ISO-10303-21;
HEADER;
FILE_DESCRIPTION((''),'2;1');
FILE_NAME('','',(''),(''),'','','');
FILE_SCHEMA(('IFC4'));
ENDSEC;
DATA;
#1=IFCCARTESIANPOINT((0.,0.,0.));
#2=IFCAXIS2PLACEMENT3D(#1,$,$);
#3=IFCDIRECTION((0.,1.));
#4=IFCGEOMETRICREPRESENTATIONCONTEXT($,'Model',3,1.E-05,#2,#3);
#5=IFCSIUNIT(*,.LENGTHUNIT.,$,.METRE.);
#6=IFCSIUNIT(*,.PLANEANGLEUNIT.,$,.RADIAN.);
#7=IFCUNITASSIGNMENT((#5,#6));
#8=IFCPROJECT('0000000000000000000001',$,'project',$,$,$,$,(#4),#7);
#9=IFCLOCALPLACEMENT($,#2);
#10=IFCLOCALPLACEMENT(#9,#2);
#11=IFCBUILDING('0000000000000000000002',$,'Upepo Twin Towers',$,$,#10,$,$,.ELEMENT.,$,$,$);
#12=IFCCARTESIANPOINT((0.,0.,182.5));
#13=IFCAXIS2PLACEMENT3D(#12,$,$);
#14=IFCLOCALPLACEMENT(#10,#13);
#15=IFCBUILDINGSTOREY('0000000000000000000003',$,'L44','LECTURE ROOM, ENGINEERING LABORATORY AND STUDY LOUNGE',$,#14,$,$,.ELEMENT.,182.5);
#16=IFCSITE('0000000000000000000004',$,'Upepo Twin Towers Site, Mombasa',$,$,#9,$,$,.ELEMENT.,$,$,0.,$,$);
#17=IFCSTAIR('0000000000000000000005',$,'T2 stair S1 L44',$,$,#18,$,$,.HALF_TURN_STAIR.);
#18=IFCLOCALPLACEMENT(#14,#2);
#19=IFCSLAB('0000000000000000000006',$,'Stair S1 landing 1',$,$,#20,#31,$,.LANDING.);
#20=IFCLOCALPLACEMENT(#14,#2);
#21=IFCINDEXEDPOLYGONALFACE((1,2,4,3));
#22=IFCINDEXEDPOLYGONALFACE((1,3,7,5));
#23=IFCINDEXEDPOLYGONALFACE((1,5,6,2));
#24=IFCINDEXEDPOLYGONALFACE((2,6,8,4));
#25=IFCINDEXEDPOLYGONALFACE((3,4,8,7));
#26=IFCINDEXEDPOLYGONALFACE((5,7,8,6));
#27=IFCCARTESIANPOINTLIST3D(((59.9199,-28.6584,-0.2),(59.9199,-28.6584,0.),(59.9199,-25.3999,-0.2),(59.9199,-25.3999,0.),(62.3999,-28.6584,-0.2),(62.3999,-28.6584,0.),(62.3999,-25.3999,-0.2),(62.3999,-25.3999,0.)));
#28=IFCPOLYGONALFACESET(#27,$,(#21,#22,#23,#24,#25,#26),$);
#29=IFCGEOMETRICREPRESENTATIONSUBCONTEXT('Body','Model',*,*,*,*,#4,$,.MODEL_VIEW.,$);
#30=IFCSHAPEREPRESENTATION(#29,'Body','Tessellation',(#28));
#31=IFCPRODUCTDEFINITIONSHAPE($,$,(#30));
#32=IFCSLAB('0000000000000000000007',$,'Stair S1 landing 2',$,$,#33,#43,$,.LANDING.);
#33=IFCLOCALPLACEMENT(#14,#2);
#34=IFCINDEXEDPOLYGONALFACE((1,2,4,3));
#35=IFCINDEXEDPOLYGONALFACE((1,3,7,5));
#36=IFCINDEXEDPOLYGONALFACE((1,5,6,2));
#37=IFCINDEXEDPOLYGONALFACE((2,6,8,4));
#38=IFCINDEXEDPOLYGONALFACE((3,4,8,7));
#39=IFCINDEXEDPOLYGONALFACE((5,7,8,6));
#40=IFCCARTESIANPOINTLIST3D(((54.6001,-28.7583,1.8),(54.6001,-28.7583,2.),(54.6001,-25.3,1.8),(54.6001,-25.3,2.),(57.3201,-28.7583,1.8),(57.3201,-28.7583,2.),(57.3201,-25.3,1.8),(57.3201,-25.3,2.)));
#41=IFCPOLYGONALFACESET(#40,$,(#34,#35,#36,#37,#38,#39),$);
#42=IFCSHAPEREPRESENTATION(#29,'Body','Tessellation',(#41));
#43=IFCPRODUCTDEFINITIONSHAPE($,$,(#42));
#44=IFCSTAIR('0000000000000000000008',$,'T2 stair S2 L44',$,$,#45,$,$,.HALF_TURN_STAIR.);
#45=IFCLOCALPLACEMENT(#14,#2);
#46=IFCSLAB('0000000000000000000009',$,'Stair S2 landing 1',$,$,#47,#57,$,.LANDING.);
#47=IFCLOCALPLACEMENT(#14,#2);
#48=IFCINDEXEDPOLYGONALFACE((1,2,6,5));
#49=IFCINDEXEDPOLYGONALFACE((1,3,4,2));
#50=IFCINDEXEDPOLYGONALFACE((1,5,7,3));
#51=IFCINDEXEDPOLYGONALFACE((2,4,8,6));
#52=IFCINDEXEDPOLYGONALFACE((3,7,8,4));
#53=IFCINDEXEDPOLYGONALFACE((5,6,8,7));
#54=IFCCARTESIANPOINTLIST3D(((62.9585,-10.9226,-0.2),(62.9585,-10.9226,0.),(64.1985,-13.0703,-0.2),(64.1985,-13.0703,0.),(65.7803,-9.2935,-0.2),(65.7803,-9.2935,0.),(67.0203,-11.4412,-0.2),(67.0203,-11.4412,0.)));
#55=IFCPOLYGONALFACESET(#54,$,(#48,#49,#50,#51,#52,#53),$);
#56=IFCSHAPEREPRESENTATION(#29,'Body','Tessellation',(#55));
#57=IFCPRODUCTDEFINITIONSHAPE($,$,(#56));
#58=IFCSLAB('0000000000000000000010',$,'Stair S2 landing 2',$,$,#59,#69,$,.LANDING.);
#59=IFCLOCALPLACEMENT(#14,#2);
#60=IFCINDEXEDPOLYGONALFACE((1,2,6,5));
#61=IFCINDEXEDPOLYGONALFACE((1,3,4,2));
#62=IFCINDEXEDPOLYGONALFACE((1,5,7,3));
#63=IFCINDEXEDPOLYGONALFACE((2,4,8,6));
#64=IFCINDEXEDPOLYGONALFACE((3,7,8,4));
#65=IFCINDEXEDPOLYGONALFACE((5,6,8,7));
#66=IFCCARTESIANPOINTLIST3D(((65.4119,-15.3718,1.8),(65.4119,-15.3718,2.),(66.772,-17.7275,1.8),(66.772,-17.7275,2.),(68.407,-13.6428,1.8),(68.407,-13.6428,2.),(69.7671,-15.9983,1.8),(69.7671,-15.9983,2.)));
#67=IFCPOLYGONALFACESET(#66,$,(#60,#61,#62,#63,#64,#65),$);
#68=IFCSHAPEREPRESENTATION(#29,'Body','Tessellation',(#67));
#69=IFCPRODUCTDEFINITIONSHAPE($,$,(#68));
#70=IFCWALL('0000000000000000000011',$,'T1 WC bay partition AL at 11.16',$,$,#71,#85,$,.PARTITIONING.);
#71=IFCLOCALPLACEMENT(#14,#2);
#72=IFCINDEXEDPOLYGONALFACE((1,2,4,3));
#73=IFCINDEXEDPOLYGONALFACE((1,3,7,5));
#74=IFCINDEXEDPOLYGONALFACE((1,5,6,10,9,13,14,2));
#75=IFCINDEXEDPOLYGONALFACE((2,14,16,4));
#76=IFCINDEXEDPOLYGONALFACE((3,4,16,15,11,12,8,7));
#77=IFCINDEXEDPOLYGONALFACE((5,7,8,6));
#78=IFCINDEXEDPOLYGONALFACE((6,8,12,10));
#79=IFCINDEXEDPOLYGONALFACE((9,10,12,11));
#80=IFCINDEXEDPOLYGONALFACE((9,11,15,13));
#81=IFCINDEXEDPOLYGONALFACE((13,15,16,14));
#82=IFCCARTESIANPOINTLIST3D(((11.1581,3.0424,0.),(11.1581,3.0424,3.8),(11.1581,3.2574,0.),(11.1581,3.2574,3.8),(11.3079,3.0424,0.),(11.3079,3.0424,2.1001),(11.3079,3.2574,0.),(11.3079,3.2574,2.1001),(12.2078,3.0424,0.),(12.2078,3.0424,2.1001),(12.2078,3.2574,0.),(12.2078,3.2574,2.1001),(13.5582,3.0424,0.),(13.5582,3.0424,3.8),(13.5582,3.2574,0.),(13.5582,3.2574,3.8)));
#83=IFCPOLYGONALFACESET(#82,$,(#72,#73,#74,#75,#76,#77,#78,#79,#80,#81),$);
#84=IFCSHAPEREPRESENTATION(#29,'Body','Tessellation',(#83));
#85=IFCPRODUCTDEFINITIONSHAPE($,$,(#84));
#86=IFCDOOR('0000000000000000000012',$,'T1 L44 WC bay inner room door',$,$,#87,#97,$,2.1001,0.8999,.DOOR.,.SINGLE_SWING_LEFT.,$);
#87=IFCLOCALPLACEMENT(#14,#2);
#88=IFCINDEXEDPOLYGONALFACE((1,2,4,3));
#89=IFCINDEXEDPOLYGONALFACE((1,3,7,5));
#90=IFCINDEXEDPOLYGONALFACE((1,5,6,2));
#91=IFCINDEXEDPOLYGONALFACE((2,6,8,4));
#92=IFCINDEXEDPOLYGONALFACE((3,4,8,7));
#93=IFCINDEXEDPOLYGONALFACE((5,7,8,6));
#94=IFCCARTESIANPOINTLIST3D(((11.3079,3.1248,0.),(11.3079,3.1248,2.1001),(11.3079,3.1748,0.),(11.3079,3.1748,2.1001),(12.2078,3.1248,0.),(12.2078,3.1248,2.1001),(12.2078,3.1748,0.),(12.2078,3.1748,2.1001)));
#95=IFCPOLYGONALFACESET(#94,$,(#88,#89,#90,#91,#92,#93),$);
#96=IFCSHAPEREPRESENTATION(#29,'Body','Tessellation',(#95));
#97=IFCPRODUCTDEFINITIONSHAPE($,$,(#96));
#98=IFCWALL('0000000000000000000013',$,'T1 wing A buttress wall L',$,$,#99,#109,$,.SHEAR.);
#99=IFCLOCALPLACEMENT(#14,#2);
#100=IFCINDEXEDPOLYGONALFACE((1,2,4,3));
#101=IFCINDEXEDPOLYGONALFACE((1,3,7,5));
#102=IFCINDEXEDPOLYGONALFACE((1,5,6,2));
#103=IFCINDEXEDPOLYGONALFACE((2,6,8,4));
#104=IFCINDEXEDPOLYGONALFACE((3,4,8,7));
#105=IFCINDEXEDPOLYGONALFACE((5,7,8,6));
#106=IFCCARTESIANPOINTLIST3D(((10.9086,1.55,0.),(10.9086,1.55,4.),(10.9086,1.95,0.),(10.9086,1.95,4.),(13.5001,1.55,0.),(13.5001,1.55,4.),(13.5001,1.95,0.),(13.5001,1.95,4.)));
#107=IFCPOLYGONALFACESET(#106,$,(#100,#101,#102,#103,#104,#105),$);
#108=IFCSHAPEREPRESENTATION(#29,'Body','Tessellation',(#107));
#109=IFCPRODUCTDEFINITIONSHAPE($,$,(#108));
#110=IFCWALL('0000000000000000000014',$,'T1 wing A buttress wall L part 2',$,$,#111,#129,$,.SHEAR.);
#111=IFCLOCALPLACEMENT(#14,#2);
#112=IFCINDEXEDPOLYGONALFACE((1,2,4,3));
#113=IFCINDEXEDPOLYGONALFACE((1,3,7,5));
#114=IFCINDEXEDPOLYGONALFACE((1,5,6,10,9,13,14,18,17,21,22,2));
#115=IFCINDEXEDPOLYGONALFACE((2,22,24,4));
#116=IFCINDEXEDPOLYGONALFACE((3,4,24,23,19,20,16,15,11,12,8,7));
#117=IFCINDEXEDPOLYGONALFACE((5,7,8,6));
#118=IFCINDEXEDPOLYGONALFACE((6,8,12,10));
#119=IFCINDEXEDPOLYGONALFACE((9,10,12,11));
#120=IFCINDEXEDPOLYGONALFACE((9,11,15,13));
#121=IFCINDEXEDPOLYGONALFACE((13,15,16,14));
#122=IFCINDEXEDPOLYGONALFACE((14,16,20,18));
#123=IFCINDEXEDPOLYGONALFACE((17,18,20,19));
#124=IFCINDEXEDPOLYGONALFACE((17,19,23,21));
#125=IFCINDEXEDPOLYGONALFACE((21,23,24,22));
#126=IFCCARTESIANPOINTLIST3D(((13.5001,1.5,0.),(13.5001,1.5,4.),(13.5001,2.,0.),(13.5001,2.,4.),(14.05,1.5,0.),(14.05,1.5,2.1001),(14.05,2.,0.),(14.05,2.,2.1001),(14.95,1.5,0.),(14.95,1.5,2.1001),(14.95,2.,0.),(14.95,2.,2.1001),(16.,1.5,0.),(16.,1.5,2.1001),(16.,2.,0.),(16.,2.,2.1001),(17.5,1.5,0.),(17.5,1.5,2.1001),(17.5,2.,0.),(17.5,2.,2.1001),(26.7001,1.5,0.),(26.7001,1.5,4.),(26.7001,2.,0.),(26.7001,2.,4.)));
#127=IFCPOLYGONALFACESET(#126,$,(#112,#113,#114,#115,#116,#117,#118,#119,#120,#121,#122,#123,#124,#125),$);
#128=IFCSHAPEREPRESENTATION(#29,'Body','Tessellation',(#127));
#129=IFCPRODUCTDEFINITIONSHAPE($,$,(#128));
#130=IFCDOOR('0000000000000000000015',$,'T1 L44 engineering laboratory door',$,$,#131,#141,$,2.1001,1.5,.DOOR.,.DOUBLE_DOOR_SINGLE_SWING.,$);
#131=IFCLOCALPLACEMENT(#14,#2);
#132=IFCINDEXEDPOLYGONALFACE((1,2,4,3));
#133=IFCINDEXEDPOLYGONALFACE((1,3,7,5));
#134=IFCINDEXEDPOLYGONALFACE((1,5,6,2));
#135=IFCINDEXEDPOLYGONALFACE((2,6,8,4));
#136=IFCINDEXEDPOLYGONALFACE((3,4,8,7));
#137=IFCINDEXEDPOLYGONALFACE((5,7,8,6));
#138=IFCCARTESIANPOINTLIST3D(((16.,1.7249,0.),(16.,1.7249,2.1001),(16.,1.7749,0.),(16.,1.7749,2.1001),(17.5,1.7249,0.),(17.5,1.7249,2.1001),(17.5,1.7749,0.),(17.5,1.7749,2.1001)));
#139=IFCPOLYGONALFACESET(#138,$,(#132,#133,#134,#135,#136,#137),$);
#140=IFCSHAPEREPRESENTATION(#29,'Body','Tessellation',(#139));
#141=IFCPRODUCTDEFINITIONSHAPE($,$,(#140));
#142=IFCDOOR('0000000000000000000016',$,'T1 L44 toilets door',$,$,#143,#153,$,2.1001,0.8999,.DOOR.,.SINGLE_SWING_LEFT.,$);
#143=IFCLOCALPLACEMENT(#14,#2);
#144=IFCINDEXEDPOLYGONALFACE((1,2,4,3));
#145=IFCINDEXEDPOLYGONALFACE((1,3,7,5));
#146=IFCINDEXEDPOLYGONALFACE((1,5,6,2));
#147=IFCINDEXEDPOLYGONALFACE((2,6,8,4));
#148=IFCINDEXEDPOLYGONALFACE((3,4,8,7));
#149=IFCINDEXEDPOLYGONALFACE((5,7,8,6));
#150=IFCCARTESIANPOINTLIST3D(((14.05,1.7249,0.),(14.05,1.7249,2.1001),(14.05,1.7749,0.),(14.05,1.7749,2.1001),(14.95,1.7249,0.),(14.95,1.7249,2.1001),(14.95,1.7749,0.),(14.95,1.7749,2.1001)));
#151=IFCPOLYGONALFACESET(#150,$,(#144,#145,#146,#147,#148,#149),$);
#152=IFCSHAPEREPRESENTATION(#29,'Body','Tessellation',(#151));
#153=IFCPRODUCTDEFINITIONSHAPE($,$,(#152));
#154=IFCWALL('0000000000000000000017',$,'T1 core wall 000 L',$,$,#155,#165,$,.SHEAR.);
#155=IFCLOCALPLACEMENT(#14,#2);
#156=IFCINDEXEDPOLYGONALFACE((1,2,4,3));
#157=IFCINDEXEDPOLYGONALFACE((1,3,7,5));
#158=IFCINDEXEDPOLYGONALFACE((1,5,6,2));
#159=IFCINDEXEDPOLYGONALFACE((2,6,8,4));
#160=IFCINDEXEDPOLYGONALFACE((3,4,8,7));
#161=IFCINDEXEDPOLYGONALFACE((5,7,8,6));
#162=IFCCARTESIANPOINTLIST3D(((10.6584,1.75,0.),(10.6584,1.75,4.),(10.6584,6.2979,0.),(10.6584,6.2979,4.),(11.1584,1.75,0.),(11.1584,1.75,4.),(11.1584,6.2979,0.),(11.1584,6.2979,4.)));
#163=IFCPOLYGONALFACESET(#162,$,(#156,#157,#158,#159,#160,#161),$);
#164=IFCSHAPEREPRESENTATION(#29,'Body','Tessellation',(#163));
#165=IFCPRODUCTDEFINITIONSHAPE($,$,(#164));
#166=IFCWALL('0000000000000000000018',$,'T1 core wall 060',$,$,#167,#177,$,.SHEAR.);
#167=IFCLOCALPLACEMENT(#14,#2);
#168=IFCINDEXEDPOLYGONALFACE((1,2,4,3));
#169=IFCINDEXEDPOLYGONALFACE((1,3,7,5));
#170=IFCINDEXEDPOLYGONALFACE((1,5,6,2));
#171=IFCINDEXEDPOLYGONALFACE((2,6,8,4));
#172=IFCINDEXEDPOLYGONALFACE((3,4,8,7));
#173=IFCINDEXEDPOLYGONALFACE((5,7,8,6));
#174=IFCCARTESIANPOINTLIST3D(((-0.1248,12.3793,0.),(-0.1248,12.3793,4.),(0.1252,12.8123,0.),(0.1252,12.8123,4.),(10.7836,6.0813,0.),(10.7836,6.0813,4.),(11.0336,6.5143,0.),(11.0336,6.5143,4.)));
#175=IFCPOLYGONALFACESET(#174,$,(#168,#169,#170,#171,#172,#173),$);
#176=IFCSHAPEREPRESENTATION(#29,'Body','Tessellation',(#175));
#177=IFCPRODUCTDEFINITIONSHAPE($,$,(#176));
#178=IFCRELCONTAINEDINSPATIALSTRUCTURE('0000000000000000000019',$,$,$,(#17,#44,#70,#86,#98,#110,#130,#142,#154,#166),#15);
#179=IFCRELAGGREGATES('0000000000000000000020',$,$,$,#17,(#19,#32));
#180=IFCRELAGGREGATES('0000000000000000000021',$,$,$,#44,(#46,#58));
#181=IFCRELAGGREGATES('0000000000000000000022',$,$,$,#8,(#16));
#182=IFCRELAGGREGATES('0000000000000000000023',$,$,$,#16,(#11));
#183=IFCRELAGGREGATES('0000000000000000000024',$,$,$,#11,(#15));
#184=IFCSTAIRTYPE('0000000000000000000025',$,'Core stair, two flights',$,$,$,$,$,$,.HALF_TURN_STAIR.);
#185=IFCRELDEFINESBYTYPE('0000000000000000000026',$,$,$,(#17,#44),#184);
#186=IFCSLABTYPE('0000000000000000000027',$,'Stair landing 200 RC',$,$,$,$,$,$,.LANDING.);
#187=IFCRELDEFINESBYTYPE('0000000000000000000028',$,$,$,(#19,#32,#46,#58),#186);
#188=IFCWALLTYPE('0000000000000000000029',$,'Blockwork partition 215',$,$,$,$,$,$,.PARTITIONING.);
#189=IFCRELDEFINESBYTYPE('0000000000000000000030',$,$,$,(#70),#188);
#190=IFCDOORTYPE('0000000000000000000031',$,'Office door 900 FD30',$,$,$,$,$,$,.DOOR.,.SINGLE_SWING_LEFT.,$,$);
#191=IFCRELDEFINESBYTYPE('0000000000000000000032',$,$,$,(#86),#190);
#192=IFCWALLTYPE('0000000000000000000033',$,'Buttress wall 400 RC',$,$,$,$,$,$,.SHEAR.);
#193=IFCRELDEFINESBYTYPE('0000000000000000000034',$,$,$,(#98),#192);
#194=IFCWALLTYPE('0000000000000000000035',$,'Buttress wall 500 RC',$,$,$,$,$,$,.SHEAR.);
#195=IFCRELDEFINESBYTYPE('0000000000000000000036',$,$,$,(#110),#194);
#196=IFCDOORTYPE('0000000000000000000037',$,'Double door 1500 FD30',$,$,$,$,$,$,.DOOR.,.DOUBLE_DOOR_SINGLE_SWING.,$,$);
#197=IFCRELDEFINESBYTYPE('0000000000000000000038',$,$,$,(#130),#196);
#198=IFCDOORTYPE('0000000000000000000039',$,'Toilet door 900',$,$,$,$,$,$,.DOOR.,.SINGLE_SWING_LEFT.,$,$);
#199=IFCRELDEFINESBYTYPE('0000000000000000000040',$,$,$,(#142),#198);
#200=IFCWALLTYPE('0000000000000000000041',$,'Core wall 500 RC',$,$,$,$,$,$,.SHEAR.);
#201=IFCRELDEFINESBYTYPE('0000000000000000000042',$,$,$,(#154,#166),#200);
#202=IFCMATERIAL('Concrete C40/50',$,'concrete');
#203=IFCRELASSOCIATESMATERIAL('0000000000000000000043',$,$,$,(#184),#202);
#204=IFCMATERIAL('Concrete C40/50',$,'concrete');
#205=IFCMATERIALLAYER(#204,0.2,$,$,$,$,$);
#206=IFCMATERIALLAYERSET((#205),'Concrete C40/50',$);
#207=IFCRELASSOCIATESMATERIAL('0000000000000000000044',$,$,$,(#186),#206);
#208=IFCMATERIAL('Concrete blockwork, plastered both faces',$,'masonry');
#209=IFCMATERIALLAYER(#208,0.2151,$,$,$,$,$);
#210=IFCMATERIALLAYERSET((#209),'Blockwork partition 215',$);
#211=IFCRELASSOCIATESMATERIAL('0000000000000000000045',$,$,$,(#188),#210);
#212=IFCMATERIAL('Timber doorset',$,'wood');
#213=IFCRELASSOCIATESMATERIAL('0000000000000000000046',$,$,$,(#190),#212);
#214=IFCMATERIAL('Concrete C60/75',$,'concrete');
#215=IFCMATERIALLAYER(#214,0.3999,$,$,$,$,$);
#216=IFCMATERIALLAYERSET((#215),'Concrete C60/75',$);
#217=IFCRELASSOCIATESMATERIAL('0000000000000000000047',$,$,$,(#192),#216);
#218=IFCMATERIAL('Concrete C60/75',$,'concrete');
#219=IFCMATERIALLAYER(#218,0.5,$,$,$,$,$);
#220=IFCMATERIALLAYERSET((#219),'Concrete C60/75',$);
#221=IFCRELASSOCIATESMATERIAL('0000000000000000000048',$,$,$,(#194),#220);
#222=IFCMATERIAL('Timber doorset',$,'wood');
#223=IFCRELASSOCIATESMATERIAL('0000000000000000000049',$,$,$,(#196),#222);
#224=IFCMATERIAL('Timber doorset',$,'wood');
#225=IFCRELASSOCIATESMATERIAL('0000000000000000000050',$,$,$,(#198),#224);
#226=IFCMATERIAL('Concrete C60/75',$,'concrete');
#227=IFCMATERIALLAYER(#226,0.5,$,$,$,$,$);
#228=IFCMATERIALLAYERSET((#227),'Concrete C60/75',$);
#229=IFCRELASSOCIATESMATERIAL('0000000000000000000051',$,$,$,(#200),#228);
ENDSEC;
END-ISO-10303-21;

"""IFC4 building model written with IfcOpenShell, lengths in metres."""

from ifc_helpers import new_model, si_unit, direction, frame, frame_2d, origin, place, context, subcontext, project, spatial, polyline, rectangle, outline, extrude, material, layer, layer_set, type_object, element, fill, aggregate, save


model = new_model("IFC4")

# Units and contexts
model_context = context("Model", 3, precision=1e-05, world=origin(), true_north=direction((0.0, 1.0)))
body_context = subcontext(model_context, "Body", "Model", "MODEL_VIEW")
ifc_project = project(units=[si_unit("LENGTHUNIT", "METRE"), si_unit("PLANEANGLEUNIT", "RADIAN")], contexts=[model_context])

# Site, building, storey
site_placement = place(None, origin())
site = spatial("IfcSite", under=ifc_project, at=site_placement, Name="Upepo Twin Towers Site, Mombasa", CompositionType="ELEMENT", RefElevation=0.0)
building_placement = place(site_placement, origin())
building = spatial("IfcBuilding", under=site, at=building_placement, Name="Upepo Twin Towers", CompositionType="ELEMENT")
storey_placement = place(building_placement, frame((0.0, 0.0, 182.5)))
storey = spatial("IfcBuildingStorey", under=building, at=storey_placement, Name="L44", Description="LECTURE ROOM, ENGINEERING LABORATORY AND STUDY LOUNGE", CompositionType="ELEMENT", Elevation=182.5)

# Shared definitions
ifc_material_1 = material(Name="Concrete C40/50", Category="concrete")
stair_type = type_object("IfcStairType", Name="Core stair, two flights", PredefinedType="HALF_TURN_STAIR", material=ifc_material_1)
ifc_material_2 = material(Name="Concrete C40/50", Category="concrete")
ifc_layer_1 = layer(ifc_material_2, 0.2)
ifc_layer_set_1 = layer_set([ifc_layer_1], Name="Concrete C40/50")
slab_type = type_object("IfcSlabType", Name="Stair landing 200 RC", PredefinedType="LANDING", material=ifc_layer_set_1)

# Stairs, slabs
stair_1_placement = place(storey_placement, origin())
stair_1 = element("IfcStair", 1, at=stair_1_placement, inside=storey, type_object=stair_type, Name="T2 stair S1 L44", PredefinedType="HALF_TURN_STAIR")
slab_1_placement = place(storey_placement, frame((0.0, 0.0, -0.2)))
slab_1 = element("IfcSlab", 2, at=slab_1_placement, type_object=slab_type, Name="Stair S1 landing 1", PredefinedType="LANDING", context=body_context, shape_type="SweptSolid", body=[
    extrude(outline(polyline([(59.9199, -25.3999), (59.9199, -28.6584), (62.3999, -28.6584), (62.3999, -25.3999), (59.9199, -25.3999)])), origin(), (0.0, 0.0, 1.0), 0.2),
])
slab_2_placement = place(storey_placement, frame((0.0, 0.0, 1.8)))
slab_2 = element("IfcSlab", 3, at=slab_2_placement, type_object=slab_type, Name="Stair S1 landing 2", PredefinedType="LANDING", context=body_context, shape_type="SweptSolid", body=[
    extrude(outline(polyline([(54.6001, -25.3), (54.6001, -28.7583), (57.3201, -28.7583), (57.3201, -25.3), (54.6001, -25.3)])), origin(), (0.0, 0.0, 1.0), 0.2),
])
aggregate(stair_1, [slab_1, slab_2])
stair_2_placement = place(storey_placement, origin())
stair_2 = element("IfcStair", 4, at=stair_2_placement, inside=storey, type_object=stair_type, Name="T2 stair S2 L44", PredefinedType="HALF_TURN_STAIR")
slab_3_placement = place(storey_placement, frame((0.0, 0.0, -0.2)))
slab_3 = element("IfcSlab", 5, at=slab_3_placement, type_object=slab_type, Name="Stair S2 landing 1", PredefinedType="LANDING", context=body_context, shape_type="SweptSolid", body=[
    extrude(outline(polyline([(64.1985, -13.0703), (67.0203, -11.4412), (65.7803, -9.2935), (62.9585, -10.9226), (64.1985, -13.0703)])), origin(), (0.0, 0.0, 1.0), 0.2),
])
slab_4_placement = place(storey_placement, frame((0.0, 0.0, 1.8)))
slab_4 = element("IfcSlab", 6, at=slab_4_placement, type_object=slab_type, Name="Stair S2 landing 2", PredefinedType="LANDING", context=body_context, shape_type="SweptSolid", body=[
    extrude(outline(polyline([(66.772, -17.7275), (69.7671, -15.9983), (68.407, -13.6428), (65.4119, -15.3718), (66.772, -17.7275)])), origin(), (0.0, 0.0, 1.0), 0.2),
])
aggregate(stair_2, [slab_3, slab_4])

# Wall, opening, door
ifc_material_3 = material(Name="Concrete blockwork, plastered both faces", Category="masonry")
ifc_layer_2 = layer(ifc_material_3, 0.2151)
ifc_layer_set_2 = layer_set([ifc_layer_2], Name="Blockwork partition 215")
wall_type_1 = type_object("IfcWallType", Name="Blockwork partition 215", PredefinedType="PARTITIONING", material=ifc_layer_set_2)
wall_1_placement = place(storey_placement, frame((11.158, 3.1499, 0.0), z_axis=(0.0, 0.0, 1.0), x_axis=(1.0, 0.0, 0.0)))
wall_1 = element("IfcWall", 7, at=wall_1_placement, inside=storey, type_object=wall_type_1, Name="T1 WC bay partition AL at 11.16", PredefinedType="PARTITIONING", context=body_context, shape_type="SweptSolid", body=[
    extrude(rectangle(XDim=2.4001, YDim=0.2151, at=frame_2d((1.2002, 0.0))), origin(), (0.0, 0.0, 1.0), 3.8),
])
opening_1_placement = place(wall_1_placement, frame((0.1499, 0.0, 0.0)))
opening_1 = element("IfcOpeningElement", 8, at=opening_1_placement, cuts=wall_1, PredefinedType="OPENING", context=body_context, shape_type="SweptSolid", body=[
    extrude(rectangle(XDim=0.8999, YDim=2.1001, at=frame_2d((0.45, 1.05))), frame((0.0, 0.1174, 0.0), z_axis=(0.0, -1.0, 0.0), x_axis=(1.0, 0.0, 0.0)), (0.0, 0.0, 1.0), 0.2351),
])
ifc_material_4 = material(Name="Timber doorset", Category="wood")
door_type_1 = type_object("IfcDoorType", Name="Office door 900 FD30", OperationType="SINGLE_SWING_LEFT", PredefinedType="DOOR", material=ifc_material_4)
door_1_placement = place(opening_1_placement, origin())
door_1 = element("IfcDoor", 9, at=door_1_placement, inside=storey, type_object=door_type_1, Name="T1 L44 WC bay inner room door", OperationType="SINGLE_SWING_LEFT", OverallHeight=2.1001, OverallWidth=0.8999, PredefinedType="DOOR", context=body_context, shape_type="SweptSolid", body=[
    extrude(rectangle(XDim=0.8999, YDim=2.1001, at=frame_2d((0.45, 1.05))), frame((0.0, 0.0249, 0.0), z_axis=(0.0, -1.0, 0.0), x_axis=(1.0, 0.0, 0.0)), (0.0, 0.0, 1.0), 0.05),
])
fill(opening_1, door_1)

# Wall
ifc_material_5 = material(Name="Concrete C60/75", Category="concrete")
ifc_layer_3 = layer(ifc_material_5, 0.3999)
ifc_layer_set_3 = layer_set([ifc_layer_3], Name="Concrete C60/75")
wall_type_2 = type_object("IfcWallType", Name="Buttress wall 400 RC", PredefinedType="SHEAR", material=ifc_layer_set_3)
wall_2_placement = place(storey_placement, frame((10.9084, 1.75, 0.0), z_axis=(0.0, 0.0, 1.0), x_axis=(1.0, 0.0, 0.0)))
element("IfcWall", 10, at=wall_2_placement, inside=storey, type_object=wall_type_2, Name="T1 wing A buttress wall L", PredefinedType="SHEAR", context=body_context, shape_type="SweptSolid", body=[
    extrude(rectangle(XDim=2.5916, YDim=0.3999, at=frame_2d((1.2959, 0.0))), origin(), (0.0, 0.0, 1.0), 4.0),
])

# Wall, openings, doors
ifc_material_6 = material(Name="Concrete C60/75", Category="concrete")
ifc_layer_4 = layer(ifc_material_6, 0.5)
ifc_layer_set_4 = layer_set([ifc_layer_4], Name="Concrete C60/75")
wall_type_3 = type_object("IfcWallType", Name="Buttress wall 500 RC", PredefinedType="SHEAR", material=ifc_layer_set_4)
wall_3_placement = place(storey_placement, frame((13.5, 1.75, 0.0), z_axis=(0.0, 0.0, 1.0), x_axis=(1.0, 0.0, 0.0)))
wall_3 = element("IfcWall", 11, at=wall_3_placement, inside=storey, type_object=wall_type_3, Name="T1 wing A buttress wall L part 2", PredefinedType="SHEAR", context=body_context, shape_type="SweptSolid", body=[
    extrude(rectangle(XDim=13.2, YDim=0.5, at=frame_2d((6.6001, 0.0))), origin(), (0.0, 0.0, 1.0), 4.0),
])
opening_2_placement = place(wall_3_placement, frame((0.55, 0.0, 0.0)))
opening_2 = element("IfcOpeningElement", 12, at=opening_2_placement, cuts=wall_3, PredefinedType="OPENING", context=body_context, shape_type="SweptSolid", body=[
    extrude(rectangle(XDim=0.8999, YDim=2.1001, at=frame_2d((0.45, 1.05))), frame((0.0, 0.26, 0.0), z_axis=(0.0, -1.0, 0.0), x_axis=(1.0, 0.0, 0.0)), (0.0, 0.0, 1.0), 0.52),
])
opening_3_placement = place(wall_3_placement, frame((2.5, 0.0, 0.0)))
opening_3 = element("IfcOpeningElement", 13, at=opening_3_placement, cuts=wall_3, PredefinedType="OPENING", context=body_context, shape_type="SweptSolid", body=[
    extrude(rectangle(XDim=1.5, YDim=2.1001, at=frame_2d((0.75, 1.05))), frame((0.0, 0.26, 0.0), z_axis=(0.0, -1.0, 0.0), x_axis=(1.0, 0.0, 0.0)), (0.0, 0.0, 1.0), 0.52),
])
ifc_material_7 = material(Name="Timber doorset", Category="wood")
door_type_2 = type_object("IfcDoorType", Name="Double door 1500 FD30", OperationType="DOUBLE_DOOR_SINGLE_SWING", PredefinedType="DOOR", material=ifc_material_7)
door_2_placement = place(opening_3_placement, origin())
door_2 = element("IfcDoor", 14, at=door_2_placement, inside=storey, type_object=door_type_2, Name="T1 L44 engineering laboratory door", OperationType="DOUBLE_DOOR_SINGLE_SWING", OverallHeight=2.1001, OverallWidth=1.5, PredefinedType="DOOR", context=body_context, shape_type="SweptSolid", body=[
    extrude(rectangle(XDim=1.5, YDim=2.1001, at=frame_2d((0.75, 1.05))), frame((0.0, 0.0249, 0.0), z_axis=(0.0, -1.0, 0.0), x_axis=(1.0, 0.0, 0.0)), (0.0, 0.0, 1.0), 0.05),
])
fill(opening_3, door_2)
ifc_material_8 = material(Name="Timber doorset", Category="wood")
door_type_3 = type_object("IfcDoorType", Name="Toilet door 900", OperationType="SINGLE_SWING_LEFT", PredefinedType="DOOR", material=ifc_material_8)
door_3_placement = place(opening_2_placement, origin())
door_3 = element("IfcDoor", 15, at=door_3_placement, inside=storey, type_object=door_type_3, Name="T1 L44 toilets door", OperationType="SINGLE_SWING_LEFT", OverallHeight=2.1001, OverallWidth=0.8999, PredefinedType="DOOR", context=body_context, shape_type="SweptSolid", body=[
    extrude(rectangle(XDim=0.8999, YDim=2.1001, at=frame_2d((0.45, 1.05))), frame((0.0, 0.0249, 0.0), z_axis=(0.0, -1.0, 0.0), x_axis=(1.0, 0.0, 0.0)), (0.0, 0.0, 1.0), 0.05),
])
fill(opening_2, door_3)

# Walls
ifc_material_9 = material(Name="Concrete C60/75", Category="concrete")
ifc_layer_5 = layer(ifc_material_9, 0.5)
ifc_layer_set_5 = layer_set([ifc_layer_5], Name="Concrete C60/75")
wall_type_4 = type_object("IfcWallType", Name="Core wall 500 RC", PredefinedType="SHEAR", material=ifc_layer_set_5)
wall_4_placement = place(storey_placement, frame((10.9084, 1.75, 0.0), z_axis=(0.0, 0.0, 1.0), x_axis=(0.0, 1.0, 0.0)))
element("IfcWall", 16, at=wall_4_placement, inside=storey, type_object=wall_type_4, Name="T1 core wall 000 L", PredefinedType="SHEAR", context=body_context, shape_type="SweptSolid", body=[
    extrude(rectangle(XDim=4.5479, YDim=0.5, at=frame_2d((2.2739, 0.0))), origin(), (0.0, 0.0, 1.0), 4.0),
])
wall_5_placement = place(storey_placement, frame((10.9084, 6.2979, 0.0), z_axis=(0.0, 0.0, 1.0), x_axis=(-0.866022, 0.500006, 0.0)))
element("IfcWall", 17, at=wall_5_placement, inside=storey, type_object=wall_type_4, Name="T1 core wall 060", PredefinedType="SHEAR", context=body_context, shape_type="SweptSolid", body=[
    extrude(rectangle(XDim=12.5959, YDim=0.5, at=frame_2d((6.2979, 0.0))), origin(), (0.0, 0.0, 1.0), 4.0),
])

save(model, "model.ifc")
